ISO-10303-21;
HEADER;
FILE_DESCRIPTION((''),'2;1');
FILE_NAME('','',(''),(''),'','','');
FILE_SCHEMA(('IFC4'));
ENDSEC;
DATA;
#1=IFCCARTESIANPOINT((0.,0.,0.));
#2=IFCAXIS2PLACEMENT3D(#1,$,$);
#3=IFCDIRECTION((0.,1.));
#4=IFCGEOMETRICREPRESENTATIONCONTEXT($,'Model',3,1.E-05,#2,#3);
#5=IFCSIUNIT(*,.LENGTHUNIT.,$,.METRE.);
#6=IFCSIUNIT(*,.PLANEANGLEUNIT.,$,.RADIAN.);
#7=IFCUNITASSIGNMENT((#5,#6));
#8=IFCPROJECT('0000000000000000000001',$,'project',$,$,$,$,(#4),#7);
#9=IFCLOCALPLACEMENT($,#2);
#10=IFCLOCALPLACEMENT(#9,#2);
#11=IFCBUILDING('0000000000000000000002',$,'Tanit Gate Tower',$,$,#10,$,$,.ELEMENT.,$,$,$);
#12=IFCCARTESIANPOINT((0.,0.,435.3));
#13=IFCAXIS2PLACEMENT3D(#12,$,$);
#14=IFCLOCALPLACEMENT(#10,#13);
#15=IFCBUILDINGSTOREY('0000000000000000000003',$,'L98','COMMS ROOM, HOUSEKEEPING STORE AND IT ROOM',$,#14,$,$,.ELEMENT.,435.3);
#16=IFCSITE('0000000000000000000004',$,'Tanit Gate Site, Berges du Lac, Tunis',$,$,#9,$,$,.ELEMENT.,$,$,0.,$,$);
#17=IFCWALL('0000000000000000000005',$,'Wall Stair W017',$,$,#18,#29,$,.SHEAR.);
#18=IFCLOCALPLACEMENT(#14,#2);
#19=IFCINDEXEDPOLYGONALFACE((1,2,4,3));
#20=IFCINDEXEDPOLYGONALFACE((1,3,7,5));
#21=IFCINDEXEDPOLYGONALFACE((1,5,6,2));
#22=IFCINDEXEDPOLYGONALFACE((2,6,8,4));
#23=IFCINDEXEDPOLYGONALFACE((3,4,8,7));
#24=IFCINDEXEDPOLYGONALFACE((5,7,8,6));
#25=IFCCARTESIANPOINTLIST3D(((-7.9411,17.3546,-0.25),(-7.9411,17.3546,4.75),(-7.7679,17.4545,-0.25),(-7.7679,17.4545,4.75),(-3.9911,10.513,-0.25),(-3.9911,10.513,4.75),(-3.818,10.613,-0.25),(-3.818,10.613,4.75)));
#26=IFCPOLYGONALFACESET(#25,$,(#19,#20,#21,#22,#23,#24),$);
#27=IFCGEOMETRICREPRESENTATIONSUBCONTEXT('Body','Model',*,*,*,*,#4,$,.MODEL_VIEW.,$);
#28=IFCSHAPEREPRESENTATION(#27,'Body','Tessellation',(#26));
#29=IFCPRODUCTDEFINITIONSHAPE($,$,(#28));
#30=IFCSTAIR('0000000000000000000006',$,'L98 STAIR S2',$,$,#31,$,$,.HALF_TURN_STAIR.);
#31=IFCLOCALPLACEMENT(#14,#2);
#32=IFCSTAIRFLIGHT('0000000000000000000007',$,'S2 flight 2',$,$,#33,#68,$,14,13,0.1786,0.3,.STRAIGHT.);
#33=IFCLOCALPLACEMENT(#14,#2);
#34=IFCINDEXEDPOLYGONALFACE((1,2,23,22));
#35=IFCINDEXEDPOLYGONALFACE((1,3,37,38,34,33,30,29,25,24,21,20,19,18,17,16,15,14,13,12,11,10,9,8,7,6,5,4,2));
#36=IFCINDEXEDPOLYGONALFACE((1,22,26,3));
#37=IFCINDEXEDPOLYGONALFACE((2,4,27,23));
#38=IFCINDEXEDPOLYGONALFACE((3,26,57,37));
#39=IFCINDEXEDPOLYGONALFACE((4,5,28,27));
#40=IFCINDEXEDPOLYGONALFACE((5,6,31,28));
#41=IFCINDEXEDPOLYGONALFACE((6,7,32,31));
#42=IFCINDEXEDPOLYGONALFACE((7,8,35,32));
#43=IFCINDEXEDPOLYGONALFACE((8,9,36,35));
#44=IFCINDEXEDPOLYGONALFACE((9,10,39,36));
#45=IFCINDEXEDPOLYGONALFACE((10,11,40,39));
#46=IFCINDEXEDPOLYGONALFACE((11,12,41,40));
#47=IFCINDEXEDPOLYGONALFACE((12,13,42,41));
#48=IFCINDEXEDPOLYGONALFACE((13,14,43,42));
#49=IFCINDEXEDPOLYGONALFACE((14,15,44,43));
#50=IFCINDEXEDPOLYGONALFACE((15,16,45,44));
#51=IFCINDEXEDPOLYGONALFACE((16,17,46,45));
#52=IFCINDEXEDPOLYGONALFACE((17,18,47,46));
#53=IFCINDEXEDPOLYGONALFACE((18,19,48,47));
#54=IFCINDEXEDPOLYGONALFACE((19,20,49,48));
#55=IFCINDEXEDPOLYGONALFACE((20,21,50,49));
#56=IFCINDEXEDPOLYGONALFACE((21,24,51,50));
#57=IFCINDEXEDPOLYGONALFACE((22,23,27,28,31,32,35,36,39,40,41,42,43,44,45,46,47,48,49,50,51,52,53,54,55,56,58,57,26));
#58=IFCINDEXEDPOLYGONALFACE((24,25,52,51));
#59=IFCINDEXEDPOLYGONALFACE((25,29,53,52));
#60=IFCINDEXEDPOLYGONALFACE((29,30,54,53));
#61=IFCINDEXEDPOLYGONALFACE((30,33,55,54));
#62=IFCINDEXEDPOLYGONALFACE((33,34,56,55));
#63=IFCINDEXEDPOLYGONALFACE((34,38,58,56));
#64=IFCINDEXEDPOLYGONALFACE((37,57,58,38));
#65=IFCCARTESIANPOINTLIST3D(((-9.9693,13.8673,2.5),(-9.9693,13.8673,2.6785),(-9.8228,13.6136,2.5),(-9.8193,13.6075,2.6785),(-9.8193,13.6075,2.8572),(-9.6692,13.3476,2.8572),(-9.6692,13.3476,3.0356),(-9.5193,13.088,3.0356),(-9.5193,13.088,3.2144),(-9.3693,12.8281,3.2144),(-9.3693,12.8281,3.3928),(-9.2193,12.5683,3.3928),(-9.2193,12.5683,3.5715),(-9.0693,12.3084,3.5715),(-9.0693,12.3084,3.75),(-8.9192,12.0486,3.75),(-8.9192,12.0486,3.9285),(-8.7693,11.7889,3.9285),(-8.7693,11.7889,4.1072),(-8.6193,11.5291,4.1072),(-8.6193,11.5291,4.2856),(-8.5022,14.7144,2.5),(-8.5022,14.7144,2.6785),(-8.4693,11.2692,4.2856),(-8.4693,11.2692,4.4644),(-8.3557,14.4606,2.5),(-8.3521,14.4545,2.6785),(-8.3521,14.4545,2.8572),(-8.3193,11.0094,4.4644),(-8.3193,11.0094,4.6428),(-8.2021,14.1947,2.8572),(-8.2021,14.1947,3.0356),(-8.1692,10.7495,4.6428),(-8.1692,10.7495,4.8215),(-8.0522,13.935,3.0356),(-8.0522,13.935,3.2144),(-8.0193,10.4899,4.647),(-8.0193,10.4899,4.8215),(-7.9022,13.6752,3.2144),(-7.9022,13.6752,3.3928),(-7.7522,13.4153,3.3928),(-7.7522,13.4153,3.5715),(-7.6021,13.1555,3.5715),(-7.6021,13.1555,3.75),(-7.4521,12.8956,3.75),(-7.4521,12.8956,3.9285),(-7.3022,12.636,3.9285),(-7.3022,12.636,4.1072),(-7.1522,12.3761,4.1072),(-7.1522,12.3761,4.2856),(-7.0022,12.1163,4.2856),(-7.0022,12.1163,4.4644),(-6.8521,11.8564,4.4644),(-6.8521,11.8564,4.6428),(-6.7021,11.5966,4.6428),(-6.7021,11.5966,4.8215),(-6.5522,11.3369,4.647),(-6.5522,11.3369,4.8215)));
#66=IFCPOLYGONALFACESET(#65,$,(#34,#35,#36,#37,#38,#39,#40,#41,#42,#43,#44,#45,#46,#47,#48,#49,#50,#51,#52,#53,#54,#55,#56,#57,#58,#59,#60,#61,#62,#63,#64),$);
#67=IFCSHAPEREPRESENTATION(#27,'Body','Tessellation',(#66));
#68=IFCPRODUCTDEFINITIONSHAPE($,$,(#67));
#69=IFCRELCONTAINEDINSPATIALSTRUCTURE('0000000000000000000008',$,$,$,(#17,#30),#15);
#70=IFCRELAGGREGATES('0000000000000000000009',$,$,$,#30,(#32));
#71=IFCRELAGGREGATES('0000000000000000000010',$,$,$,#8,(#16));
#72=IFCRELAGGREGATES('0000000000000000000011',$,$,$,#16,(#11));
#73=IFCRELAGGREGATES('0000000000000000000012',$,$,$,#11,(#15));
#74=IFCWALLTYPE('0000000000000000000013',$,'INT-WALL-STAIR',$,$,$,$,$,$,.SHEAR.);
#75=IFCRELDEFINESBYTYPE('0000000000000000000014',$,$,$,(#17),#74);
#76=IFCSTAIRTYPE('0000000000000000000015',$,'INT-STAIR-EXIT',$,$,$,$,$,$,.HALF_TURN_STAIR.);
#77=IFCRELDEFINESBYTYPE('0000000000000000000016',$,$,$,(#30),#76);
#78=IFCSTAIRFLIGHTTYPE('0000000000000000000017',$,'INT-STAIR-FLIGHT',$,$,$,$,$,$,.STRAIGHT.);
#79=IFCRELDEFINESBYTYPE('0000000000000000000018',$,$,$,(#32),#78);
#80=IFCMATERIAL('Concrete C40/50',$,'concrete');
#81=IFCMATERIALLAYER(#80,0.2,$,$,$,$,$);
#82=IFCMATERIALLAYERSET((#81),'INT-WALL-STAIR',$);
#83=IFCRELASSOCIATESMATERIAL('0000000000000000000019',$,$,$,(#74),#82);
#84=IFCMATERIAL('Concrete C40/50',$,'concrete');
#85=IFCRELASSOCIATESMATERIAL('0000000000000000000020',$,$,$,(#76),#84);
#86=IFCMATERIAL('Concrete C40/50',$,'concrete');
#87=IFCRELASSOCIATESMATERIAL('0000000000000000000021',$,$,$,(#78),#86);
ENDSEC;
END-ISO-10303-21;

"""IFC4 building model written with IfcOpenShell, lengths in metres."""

from ifc_helpers import new_model, si_unit, direction, frame, frame_2d, origin, place, context, subcontext, project, spatial, polyline, rectangle, outline, extrude, material, layer, layer_set, type_object, element, aggregate, save


model = new_model("IFC4")

# Units and contexts
model_context = context("Model", 3, precision=1e-05, world=origin(), true_north=direction((0.0, 1.0)))
body_context = subcontext(model_context, "Body", "Model", "MODEL_VIEW")
ifc_project = project(units=[si_unit("LENGTHUNIT", "METRE"), si_unit("PLANEANGLEUNIT", "RADIAN")], contexts=[model_context])

# Site, building, storey
site_placement = place(None, origin())
site = spatial("IfcSite", under=ifc_project, at=site_placement, Name="Tanit Gate Site, Berges du Lac, Tunis", CompositionType="ELEMENT", RefElevation=0.0)
building_placement = place(site_placement, origin())
building = spatial("IfcBuilding", under=site, at=building_placement, Name="Tanit Gate Tower", CompositionType="ELEMENT")
storey_placement = place(building_placement, frame((0.0, 0.0, 435.3)))
storey = spatial("IfcBuildingStorey", under=building, at=storey_placement, Name="L98", Description="COMMS ROOM, HOUSEKEEPING STORE AND IT ROOM", CompositionType="ELEMENT", Elevation=435.3)

# Wall
ifc_material_1 = material(Name="Concrete C40/50", Category="concrete")
ifc_layer_1 = layer(ifc_material_1, 0.2)
ifc_layer_set_1 = layer_set([ifc_layer_1], Name="INT-WALL-STAIR")
wall_type_1 = type_object("IfcWallType", Name="INT-WALL-STAIR", PredefinedType="SHEAR", material=ifc_layer_set_1)
wall_1_placement = place(storey_placement, frame((-7.8545, 17.4045, -0.25), z_axis=(0.0, 0.0, 1.0), x_axis=(0.499998, -0.866027, 0.0)))
element("IfcWall", 1, at=wall_1_placement, inside=storey, type_object=wall_type_1, Name="Wall Stair W017", PredefinedType="SHEAR", context=body_context, shape_type="SweptSolid", body=[
    extrude(rectangle(XDim=7.8999, YDim=0.2, at=frame_2d((3.95, 0.0))), origin(), (0.0, 0.0, 1.0), 5.0),
])

# Stair, stair flight
ifc_material_2 = material(Name="Concrete C40/50", Category="concrete")
stair_type = type_object("IfcStairType", Name="INT-STAIR-EXIT", PredefinedType="HALF_TURN_STAIR", material=ifc_material_2)
stair_placement = place(storey_placement, origin())
stair = element("IfcStair", 2, at=stair_placement, inside=storey, type_object=stair_type, Name="L98 STAIR S2", PredefinedType="HALF_TURN_STAIR")
ifc_material_3 = material(Name="Concrete C40/50", Category="concrete")
stair_flight_type = type_object("IfcStairFlightType", Name="INT-STAIR-FLIGHT", PredefinedType="STRAIGHT", material=ifc_material_3)
stair_flight_placement = place(storey_placement, frame((-9.2358, 14.2908, 2.5), z_axis=(0.0, 0.0, 1.0), x_axis=(0.5, -0.866025, 0.0)))
stair_flight = element("IfcStairFlight", 3, at=stair_flight_placement, type_object=stair_flight_type, Name="S2 flight 2", NumberOfRisers=14, NumberOfTreads=13, PredefinedType="STRAIGHT", RiserHeight=0.1786, TreadLength=0.3, context=body_context, shape_type="SweptSolid", body=[
    extrude(outline(polyline([(0.0, 0.0), (0.0, 0.1785), (0.3, 0.1785), (0.3, 0.3572), (0.6001, 0.3572), (0.6001, 0.5356), (0.8999, 0.5356), (0.8999, 0.7144), (1.2, 0.7144), (1.2, 0.8928), (1.5, 0.8928), (1.5, 1.0715), (1.8, 1.0715), (1.8, 1.25), (2.1001, 1.25), (2.1001, 1.4285), (2.3999, 1.4285), (2.3999, 1.6072), (2.7, 1.6072), (2.7, 1.7856), (3.0, 1.7856), (3.0, 1.9644), (3.3, 1.9644), (3.3, 2.1428), (3.6001, 2.1428), (3.6001, 2.3215), (3.8999, 2.3215), (3.8999, 2.5), (3.8999, 2.147), (0.293, 0.0), (0.0, 0.0)])), frame((0.0, 0.8472, 0.0), z_axis=(0.0, -1.0, 0.0), x_axis=(1.0, 0.0, 0.0)), (0.0, 0.0, 1.0), 1.6941),
])
aggregate(stair, [stair_flight])

save(model, "model.ifc")
